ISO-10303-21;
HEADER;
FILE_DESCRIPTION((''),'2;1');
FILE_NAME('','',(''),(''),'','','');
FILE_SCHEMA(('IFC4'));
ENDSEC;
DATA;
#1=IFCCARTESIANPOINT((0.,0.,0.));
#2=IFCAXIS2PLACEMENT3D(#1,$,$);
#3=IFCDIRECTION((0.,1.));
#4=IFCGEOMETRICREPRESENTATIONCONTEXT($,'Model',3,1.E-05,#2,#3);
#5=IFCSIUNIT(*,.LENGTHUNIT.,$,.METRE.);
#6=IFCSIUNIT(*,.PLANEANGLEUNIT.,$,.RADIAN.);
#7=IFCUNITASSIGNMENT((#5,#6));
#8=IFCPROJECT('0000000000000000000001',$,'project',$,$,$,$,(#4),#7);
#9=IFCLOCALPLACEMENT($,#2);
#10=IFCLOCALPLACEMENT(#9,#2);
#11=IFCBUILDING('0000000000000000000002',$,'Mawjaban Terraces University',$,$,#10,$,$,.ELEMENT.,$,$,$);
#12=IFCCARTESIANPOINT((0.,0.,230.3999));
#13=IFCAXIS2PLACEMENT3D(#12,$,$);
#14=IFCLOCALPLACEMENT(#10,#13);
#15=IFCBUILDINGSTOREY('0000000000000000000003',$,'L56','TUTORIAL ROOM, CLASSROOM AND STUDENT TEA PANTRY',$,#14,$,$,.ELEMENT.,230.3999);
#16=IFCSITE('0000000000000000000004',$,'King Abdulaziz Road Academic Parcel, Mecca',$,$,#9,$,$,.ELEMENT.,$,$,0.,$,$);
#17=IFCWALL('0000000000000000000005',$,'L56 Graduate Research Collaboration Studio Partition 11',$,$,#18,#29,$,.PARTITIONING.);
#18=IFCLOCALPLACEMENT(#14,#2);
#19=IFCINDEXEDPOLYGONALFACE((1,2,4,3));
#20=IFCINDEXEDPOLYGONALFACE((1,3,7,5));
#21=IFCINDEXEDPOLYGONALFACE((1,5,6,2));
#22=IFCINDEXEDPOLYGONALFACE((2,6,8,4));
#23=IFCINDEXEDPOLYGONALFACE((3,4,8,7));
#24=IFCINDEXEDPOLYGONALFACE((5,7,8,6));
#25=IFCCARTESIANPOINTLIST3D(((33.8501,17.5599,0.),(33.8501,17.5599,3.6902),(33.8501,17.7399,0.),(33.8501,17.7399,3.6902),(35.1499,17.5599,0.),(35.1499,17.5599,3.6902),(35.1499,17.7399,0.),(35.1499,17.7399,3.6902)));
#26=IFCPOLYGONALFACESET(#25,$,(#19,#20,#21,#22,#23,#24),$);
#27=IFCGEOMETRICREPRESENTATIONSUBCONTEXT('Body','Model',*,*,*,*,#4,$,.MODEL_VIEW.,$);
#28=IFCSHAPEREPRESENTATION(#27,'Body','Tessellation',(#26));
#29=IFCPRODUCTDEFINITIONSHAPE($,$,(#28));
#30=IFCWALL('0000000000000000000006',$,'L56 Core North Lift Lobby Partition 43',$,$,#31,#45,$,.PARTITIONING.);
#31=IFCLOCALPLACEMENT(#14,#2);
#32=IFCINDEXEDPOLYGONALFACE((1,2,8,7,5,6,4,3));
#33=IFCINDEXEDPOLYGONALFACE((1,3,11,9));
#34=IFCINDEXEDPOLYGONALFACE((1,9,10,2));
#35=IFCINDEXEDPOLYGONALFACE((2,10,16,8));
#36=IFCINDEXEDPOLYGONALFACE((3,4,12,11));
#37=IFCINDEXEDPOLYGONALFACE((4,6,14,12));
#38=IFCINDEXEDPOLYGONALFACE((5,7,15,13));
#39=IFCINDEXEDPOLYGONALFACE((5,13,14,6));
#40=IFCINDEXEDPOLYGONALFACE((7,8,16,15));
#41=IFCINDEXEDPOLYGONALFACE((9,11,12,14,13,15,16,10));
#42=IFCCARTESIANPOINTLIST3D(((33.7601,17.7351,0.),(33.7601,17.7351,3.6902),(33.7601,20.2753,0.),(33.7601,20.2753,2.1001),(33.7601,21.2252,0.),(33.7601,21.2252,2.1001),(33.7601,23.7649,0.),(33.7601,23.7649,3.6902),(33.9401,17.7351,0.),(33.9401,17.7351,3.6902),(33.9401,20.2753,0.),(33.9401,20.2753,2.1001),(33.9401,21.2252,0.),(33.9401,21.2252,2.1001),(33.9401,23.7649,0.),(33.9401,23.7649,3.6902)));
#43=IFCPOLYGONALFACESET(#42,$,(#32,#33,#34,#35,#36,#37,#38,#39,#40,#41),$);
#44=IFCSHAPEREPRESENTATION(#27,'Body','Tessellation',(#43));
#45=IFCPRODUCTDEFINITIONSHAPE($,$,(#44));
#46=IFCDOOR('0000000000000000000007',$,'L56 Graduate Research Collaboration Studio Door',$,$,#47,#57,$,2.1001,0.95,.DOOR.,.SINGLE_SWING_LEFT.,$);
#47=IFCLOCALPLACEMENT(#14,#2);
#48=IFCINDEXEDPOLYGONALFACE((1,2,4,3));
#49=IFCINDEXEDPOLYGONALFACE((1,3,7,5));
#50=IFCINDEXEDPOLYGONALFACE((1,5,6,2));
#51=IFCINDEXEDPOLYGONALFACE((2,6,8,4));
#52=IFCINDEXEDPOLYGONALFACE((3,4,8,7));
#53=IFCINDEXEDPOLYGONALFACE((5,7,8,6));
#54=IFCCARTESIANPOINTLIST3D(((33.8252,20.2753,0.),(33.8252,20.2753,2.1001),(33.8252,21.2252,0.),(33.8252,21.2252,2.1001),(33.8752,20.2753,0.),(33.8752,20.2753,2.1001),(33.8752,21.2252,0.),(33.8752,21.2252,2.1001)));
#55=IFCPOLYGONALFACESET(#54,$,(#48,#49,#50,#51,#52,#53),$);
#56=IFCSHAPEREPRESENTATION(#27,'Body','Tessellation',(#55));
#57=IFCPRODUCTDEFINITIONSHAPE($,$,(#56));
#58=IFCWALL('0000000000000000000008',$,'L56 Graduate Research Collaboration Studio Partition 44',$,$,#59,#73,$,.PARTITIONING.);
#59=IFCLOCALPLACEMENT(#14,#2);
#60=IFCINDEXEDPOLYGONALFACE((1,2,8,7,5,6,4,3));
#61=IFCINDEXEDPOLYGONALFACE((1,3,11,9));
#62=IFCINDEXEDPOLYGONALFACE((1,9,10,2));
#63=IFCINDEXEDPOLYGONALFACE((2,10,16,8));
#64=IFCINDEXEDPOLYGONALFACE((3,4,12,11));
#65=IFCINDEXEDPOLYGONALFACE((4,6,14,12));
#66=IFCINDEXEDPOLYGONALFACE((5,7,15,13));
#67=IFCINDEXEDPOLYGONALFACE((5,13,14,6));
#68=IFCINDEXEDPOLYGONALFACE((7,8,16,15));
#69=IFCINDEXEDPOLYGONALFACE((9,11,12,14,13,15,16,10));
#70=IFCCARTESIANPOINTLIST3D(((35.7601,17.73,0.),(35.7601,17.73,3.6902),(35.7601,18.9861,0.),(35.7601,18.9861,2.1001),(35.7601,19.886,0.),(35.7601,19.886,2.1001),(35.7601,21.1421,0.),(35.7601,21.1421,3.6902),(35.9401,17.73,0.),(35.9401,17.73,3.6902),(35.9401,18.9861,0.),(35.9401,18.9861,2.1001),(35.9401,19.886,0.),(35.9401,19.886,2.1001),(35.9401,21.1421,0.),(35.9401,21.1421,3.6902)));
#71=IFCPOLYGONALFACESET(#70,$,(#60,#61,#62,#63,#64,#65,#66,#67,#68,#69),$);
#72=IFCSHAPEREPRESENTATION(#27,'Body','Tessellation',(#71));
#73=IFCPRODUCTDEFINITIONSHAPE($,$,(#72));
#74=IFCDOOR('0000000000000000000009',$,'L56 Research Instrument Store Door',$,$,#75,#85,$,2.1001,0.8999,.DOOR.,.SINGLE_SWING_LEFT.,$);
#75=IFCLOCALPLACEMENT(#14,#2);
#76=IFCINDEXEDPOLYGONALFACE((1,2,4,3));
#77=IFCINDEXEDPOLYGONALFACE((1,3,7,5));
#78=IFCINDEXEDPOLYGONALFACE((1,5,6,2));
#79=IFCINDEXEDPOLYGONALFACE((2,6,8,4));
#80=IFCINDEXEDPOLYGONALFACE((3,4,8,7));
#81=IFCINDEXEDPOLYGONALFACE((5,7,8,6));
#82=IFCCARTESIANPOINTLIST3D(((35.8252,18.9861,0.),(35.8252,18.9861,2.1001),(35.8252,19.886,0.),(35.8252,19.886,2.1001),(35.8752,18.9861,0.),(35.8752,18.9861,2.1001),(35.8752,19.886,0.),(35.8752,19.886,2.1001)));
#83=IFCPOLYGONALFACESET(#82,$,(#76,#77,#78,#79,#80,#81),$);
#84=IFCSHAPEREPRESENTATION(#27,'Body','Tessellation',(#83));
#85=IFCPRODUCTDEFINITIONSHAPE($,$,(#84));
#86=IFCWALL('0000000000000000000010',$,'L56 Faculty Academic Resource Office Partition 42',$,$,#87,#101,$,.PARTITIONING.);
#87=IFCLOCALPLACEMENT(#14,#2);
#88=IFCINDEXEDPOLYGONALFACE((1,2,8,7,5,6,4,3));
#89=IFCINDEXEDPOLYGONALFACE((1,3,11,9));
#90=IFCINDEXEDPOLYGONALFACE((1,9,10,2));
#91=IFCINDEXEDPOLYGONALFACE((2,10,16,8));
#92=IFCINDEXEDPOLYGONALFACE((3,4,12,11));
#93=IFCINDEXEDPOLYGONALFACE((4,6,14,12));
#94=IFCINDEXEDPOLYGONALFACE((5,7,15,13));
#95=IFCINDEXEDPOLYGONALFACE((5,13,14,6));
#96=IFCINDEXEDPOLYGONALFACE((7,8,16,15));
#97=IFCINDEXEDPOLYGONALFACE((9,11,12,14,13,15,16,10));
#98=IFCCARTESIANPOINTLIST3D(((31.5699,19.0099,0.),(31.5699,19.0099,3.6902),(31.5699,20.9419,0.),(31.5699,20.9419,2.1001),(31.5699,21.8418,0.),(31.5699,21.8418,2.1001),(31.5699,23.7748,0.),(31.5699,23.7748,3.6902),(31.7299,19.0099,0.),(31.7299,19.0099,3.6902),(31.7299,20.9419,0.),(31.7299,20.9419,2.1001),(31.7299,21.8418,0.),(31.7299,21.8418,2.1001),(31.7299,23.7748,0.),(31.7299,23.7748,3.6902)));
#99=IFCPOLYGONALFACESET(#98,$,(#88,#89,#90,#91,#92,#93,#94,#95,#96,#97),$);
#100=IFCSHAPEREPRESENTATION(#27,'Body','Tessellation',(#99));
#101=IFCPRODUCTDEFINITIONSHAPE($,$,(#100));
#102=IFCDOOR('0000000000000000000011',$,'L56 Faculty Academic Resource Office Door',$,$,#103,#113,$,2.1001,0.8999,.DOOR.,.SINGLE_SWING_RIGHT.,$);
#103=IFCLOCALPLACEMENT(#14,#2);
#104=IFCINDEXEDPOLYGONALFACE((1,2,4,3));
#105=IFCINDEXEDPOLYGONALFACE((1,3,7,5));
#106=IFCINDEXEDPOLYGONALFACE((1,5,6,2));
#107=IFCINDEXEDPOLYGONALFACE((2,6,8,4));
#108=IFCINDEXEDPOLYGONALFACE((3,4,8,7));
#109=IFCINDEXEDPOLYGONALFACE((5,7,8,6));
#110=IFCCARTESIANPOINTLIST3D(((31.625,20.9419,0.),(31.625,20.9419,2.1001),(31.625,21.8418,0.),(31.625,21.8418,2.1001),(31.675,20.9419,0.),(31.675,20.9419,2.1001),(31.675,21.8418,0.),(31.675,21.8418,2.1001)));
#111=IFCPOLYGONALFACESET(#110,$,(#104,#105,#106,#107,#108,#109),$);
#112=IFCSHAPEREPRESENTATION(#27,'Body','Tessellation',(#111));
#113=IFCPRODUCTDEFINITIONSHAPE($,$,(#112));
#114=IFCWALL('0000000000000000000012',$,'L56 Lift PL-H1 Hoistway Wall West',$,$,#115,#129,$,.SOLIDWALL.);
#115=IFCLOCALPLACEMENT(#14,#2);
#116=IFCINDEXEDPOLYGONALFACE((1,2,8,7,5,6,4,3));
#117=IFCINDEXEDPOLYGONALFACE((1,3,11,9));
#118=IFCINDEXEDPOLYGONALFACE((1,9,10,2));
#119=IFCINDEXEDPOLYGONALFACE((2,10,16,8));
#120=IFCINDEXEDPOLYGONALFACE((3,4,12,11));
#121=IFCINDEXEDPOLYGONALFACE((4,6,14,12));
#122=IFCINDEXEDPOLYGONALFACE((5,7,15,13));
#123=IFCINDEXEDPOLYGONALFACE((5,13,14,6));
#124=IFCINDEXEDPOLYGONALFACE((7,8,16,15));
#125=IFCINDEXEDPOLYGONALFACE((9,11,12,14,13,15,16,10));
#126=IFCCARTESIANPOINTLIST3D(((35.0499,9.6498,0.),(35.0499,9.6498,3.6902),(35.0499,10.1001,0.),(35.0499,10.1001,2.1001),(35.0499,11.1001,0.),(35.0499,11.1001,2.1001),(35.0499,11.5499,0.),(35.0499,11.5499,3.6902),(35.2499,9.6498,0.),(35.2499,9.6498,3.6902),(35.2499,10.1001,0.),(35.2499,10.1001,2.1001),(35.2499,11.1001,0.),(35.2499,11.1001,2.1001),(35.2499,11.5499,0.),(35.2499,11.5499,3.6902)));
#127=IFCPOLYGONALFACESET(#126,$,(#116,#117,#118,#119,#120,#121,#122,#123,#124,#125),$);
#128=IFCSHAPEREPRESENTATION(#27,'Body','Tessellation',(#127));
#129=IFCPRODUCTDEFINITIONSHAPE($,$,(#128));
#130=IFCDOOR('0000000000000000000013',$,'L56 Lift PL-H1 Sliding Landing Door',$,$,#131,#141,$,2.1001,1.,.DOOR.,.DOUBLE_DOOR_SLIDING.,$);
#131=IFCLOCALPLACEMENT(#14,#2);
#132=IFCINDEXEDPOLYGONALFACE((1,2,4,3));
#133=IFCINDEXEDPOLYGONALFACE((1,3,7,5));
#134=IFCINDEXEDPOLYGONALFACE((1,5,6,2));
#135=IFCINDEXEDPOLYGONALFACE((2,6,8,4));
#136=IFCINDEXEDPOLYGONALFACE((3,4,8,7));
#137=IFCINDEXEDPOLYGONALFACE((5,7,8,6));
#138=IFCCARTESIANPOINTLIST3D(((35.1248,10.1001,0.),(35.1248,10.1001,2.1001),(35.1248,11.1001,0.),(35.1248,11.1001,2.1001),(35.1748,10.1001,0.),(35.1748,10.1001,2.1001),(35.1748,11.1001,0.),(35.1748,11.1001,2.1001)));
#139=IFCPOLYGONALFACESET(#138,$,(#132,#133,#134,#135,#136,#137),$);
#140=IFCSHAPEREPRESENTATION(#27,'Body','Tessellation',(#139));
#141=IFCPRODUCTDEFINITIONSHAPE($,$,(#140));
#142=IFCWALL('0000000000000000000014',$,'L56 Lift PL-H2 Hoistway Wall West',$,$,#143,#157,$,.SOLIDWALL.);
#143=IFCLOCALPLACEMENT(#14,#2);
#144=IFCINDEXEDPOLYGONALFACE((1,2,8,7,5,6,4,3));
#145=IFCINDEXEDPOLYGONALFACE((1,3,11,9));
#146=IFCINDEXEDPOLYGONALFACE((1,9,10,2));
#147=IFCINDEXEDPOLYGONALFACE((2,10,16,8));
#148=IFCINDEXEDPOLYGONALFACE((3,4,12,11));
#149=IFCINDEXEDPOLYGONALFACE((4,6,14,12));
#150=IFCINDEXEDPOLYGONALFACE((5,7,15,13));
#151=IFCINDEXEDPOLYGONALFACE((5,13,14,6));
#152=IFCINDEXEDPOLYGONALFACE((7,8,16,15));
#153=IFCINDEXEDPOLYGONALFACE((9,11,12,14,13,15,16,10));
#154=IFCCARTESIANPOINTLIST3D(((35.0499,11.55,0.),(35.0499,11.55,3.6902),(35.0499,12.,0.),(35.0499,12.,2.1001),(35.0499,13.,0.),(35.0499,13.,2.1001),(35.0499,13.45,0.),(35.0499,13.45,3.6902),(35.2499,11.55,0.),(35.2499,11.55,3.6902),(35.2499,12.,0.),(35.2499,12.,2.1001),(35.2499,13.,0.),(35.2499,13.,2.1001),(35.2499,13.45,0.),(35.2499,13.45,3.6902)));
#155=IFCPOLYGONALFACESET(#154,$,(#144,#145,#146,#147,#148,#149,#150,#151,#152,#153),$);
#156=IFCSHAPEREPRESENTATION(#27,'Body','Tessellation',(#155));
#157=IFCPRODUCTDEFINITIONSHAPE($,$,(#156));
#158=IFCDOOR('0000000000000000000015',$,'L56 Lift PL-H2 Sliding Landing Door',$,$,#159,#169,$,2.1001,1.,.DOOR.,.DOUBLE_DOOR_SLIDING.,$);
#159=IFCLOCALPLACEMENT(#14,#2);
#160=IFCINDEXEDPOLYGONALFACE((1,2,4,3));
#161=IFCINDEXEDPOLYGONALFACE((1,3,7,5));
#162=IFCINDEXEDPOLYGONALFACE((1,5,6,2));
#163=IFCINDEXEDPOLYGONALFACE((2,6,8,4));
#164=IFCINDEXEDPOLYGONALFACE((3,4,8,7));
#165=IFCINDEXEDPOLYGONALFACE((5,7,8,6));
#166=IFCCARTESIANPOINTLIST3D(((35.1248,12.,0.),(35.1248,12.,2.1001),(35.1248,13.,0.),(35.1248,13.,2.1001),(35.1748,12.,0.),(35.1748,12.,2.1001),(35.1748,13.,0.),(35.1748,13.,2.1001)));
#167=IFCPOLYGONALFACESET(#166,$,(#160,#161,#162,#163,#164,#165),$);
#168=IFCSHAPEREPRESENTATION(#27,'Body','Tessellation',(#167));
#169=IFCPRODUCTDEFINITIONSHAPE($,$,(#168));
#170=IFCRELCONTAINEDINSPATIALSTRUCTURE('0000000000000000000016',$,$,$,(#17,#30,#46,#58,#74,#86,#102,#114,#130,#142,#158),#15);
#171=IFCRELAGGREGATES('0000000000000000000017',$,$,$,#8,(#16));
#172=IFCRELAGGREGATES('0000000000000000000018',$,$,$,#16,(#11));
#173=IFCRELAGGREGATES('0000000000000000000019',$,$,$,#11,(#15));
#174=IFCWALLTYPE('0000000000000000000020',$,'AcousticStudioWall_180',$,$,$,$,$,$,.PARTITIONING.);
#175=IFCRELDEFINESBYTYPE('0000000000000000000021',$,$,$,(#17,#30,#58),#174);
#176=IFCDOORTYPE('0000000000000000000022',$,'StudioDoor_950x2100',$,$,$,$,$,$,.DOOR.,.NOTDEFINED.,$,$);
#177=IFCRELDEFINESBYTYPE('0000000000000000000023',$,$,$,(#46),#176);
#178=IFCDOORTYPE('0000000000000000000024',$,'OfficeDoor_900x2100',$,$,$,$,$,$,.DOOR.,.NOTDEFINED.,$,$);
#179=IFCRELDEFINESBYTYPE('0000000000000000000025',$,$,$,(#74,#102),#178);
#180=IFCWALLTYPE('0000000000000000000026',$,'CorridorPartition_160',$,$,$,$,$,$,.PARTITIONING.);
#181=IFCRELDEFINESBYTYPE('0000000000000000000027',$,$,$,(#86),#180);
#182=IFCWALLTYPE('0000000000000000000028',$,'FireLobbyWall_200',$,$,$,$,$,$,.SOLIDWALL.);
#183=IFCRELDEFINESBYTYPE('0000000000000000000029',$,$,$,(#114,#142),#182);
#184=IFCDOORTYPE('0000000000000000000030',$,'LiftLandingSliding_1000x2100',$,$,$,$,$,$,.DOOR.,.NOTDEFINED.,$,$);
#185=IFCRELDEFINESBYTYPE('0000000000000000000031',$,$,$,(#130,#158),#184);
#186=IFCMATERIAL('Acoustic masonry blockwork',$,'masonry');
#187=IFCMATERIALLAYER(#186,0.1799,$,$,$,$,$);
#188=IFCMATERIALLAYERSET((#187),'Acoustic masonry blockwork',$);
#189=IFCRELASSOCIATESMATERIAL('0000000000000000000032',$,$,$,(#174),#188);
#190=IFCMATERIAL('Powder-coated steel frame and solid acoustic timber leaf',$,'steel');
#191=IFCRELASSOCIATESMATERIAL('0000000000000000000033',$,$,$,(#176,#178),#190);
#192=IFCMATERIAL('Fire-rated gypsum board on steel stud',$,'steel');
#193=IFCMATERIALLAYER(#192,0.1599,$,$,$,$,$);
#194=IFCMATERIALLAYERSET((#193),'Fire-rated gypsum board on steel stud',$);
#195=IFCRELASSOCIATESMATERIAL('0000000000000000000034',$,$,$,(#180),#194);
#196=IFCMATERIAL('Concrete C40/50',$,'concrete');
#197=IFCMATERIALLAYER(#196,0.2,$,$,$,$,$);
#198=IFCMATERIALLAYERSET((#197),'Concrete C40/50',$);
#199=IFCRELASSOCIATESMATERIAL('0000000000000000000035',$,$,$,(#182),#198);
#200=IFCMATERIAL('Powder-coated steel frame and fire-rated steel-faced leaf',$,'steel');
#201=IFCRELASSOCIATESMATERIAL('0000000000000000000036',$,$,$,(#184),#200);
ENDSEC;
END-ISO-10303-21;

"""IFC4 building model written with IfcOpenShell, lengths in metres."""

from ifc_helpers import new_model, si_unit, direction, frame, frame_2d, origin, place, context, subcontext, project, spatial, rectangle, extrude, material, layer, layer_set, type_object, element, fill, save


model = new_model("IFC4")

# Units and contexts
model_context = context("Model", 3, precision=1e-05, world=origin(), true_north=direction((0.0, 1.0)))
body_context = subcontext(model_context, "Body", "Model", "MODEL_VIEW")
ifc_project = project(units=[si_unit("LENGTHUNIT", "METRE"), si_unit("PLANEANGLEUNIT", "RADIAN")], contexts=[model_context])

# Site, building, storey
site_placement = place(None, origin())
site = spatial("IfcSite", under=ifc_project, at=site_placement, Name="King Abdulaziz Road Academic Parcel, Mecca", CompositionType="ELEMENT", RefElevation=0.0)
building_placement = place(site_placement, origin())
building = spatial("IfcBuilding", under=site, at=building_placement, Name="Mawjaban Terraces University", CompositionType="ELEMENT")
storey_placement = place(building_placement, frame((0.0, 0.0, 230.3999)))
storey = spatial("IfcBuildingStorey", under=building, at=storey_placement, Name="L56", Description="TUTORIAL ROOM, CLASSROOM AND STUDENT TEA PANTRY", CompositionType="ELEMENT", Elevation=230.3999)

# Wall
ifc_material_1 = material(Name="Acoustic masonry blockwork", Category="masonry")
ifc_layer_1 = layer(ifc_material_1, 0.1799)
ifc_layer_set_1 = layer_set([ifc_layer_1], Name="Acoustic masonry blockwork")
wall_type_1 = type_object("IfcWallType", Name="AcousticStudioWall_180", PredefinedType="PARTITIONING", material=ifc_layer_set_1)
wall_1_placement = place(storey_placement, frame((33.8501, 17.6499, 0.0), z_axis=(0.0, 0.0, 1.0), x_axis=(1.0, 0.0, 0.0)))
element("IfcWall", 1, at=wall_1_placement, inside=storey, type_object=wall_type_1, Name="L56 Graduate Research Collaboration Studio Partition 11", PredefinedType="PARTITIONING", context=body_context, shape_type="SweptSolid", body=[
    extrude(rectangle(XDim=1.2998, YDim=0.1799, at=frame_2d((0.6499, 0.0))), origin(), (0.0, 0.0, 1.0), 3.6902),
])

# Walls, openings, doors
wall_2_placement = place(storey_placement, frame((33.8501, 17.7351, 0.0), z_axis=(0.0, 0.0, 1.0), x_axis=(0.0, 1.0, 0.0)))
wall_2 = element("IfcWall", 2, at=wall_2_placement, inside=storey, type_object=wall_type_1, Name="L56 Core North Lift Lobby Partition 43", PredefinedType="PARTITIONING", context=body_context, shape_type="SweptSolid", body=[
    extrude(rectangle(XDim=6.0298, YDim=0.1799, at=frame_2d((3.0149, 0.0))), origin(), (0.0, 0.0, 1.0), 3.6902),
])
opening_1_placement = place(wall_2_placement, frame((2.54, 0.0, 0.0)))
opening_1 = element("IfcOpeningElement", 3, at=opening_1_placement, cuts=wall_2, PredefinedType="OPENING", context=body_context, shape_type="SweptSolid", body=[
    extrude(rectangle(XDim=0.95, YDim=2.1001, at=frame_2d((0.4751, 1.05))), frame((0.0, 0.0999, 0.0), z_axis=(0.0, -1.0, 0.0), x_axis=(1.0, 0.0, 0.0)), (0.0, 0.0, 1.0), 0.2),
])
ifc_material_2 = material(Name="Powder-coated steel frame and solid acoustic timber leaf", Category="steel")
door_type_1 = type_object("IfcDoorType", Name="StudioDoor_950x2100", OperationType="NOTDEFINED", PredefinedType="DOOR", material=ifc_material_2)
door_1_placement = place(opening_1_placement, origin())
door_1 = element("IfcDoor", 4, at=door_1_placement, inside=storey, type_object=door_type_1, Name="L56 Graduate Research Collaboration Studio Door", OperationType="SINGLE_SWING_LEFT", OverallHeight=2.1001, OverallWidth=0.95, PredefinedType="DOOR", context=body_context, shape_type="SweptSolid", body=[
    extrude(rectangle(XDim=0.95, YDim=2.1001, at=frame_2d((0.4751, 1.05))), frame((0.0, 0.0249, 0.0), z_axis=(0.0, -1.0, 0.0), x_axis=(1.0, 0.0, 0.0)), (0.0, 0.0, 1.0), 0.05),
])
fill(opening_1, door_1)
wall_3_placement = place(storey_placement, frame((35.8501, 17.73, 0.0), z_axis=(0.0, 0.0, 1.0), x_axis=(0.0, 1.0, 0.0)))
wall_3 = element("IfcWall", 5, at=wall_3_placement, inside=storey, type_object=wall_type_1, Name="L56 Graduate Research Collaboration Studio Partition 44", PredefinedType="PARTITIONING", context=body_context, shape_type="SweptSolid", body=[
    extrude(rectangle(XDim=3.4121, YDim=0.1799, at=frame_2d((1.7061, 0.0))), origin(), (0.0, 0.0, 1.0), 3.6902),
])
opening_2_placement = place(wall_3_placement, frame((1.2561, 0.0, 0.0)))
opening_2 = element("IfcOpeningElement", 6, at=opening_2_placement, cuts=wall_3, PredefinedType="OPENING", context=body_context, shape_type="SweptSolid", body=[
    extrude(rectangle(XDim=0.8999, YDim=2.1001, at=frame_2d((0.45, 1.05))), frame((0.0, 0.0999, 0.0), z_axis=(0.0, -1.0, 0.0), x_axis=(1.0, 0.0, 0.0)), (0.0, 0.0, 1.0), 0.2),
])
door_type_2 = type_object("IfcDoorType", Name="OfficeDoor_900x2100", OperationType="NOTDEFINED", PredefinedType="DOOR", material=ifc_material_2)
door_2_placement = place(opening_2_placement, origin())
door_2 = element("IfcDoor", 7, at=door_2_placement, inside=storey, type_object=door_type_2, Name="L56 Research Instrument Store Door", OperationType="SINGLE_SWING_LEFT", OverallHeight=2.1001, OverallWidth=0.8999, PredefinedType="DOOR", context=body_context, shape_type="SweptSolid", body=[
    extrude(rectangle(XDim=0.8999, YDim=2.1001, at=frame_2d((0.45, 1.05))), frame((0.0, 0.0249, 0.0), z_axis=(0.0, -1.0, 0.0), x_axis=(1.0, 0.0, 0.0)), (0.0, 0.0, 1.0), 0.05),
])
fill(opening_2, door_2)
ifc_material_3 = material(Name="Fire-rated gypsum board on steel stud", Category="steel")
ifc_layer_2 = layer(ifc_material_3, 0.1599)
ifc_layer_set_2 = layer_set([ifc_layer_2], Name="Fire-rated gypsum board on steel stud")
wall_type_2 = type_object("IfcWallType", Name="CorridorPartition_160", PredefinedType="PARTITIONING", material=ifc_layer_set_2)
wall_4_placement = place(storey_placement, frame((31.6499, 19.01, 0.0), z_axis=(0.0, 0.0, 1.0), x_axis=(0.0, 1.0, 0.0)))
wall_4 = element("IfcWall", 8, at=wall_4_placement, inside=storey, type_object=wall_type_2, Name="L56 Faculty Academic Resource Office Partition 42", PredefinedType="PARTITIONING", context=body_context, shape_type="SweptSolid", body=[
    extrude(rectangle(XDim=4.7649, YDim=0.1599, at=frame_2d((2.3823, 0.0))), origin(), (0.0, 0.0, 1.0), 3.6902),
])
opening_3_placement = place(wall_4_placement, frame((1.9319, 0.0, 0.0)))
opening_3 = element("IfcOpeningElement", 9, at=opening_3_placement, cuts=wall_4, PredefinedType="OPENING", context=body_context, shape_type="SweptSolid", body=[
    extrude(rectangle(XDim=0.8999, YDim=2.1001, at=frame_2d((0.45, 1.05))), frame((0.0, 0.0898, 0.0), z_axis=(0.0, -1.0, 0.0), x_axis=(1.0, 0.0, 0.0)), (0.0, 0.0, 1.0), 0.1799),
])
door_3_placement = place(opening_3_placement, origin())
door_3 = element("IfcDoor", 10, at=door_3_placement, inside=storey, type_object=door_type_2, Name="L56 Faculty Academic Resource Office Door", OperationType="SINGLE_SWING_RIGHT", OverallHeight=2.1001, OverallWidth=0.8999, PredefinedType="DOOR", context=body_context, shape_type="SweptSolid", body=[
    extrude(rectangle(XDim=0.8999, YDim=2.1001, at=frame_2d((0.45, 1.05))), frame((0.0, 0.0249, 0.0), z_axis=(0.0, -1.0, 0.0), x_axis=(1.0, 0.0, 0.0)), (0.0, 0.0, 1.0), 0.05),
])
fill(opening_3, door_3)
ifc_material_4 = material(Name="Concrete C40/50", Category="concrete")
ifc_layer_3 = layer(ifc_material_4, 0.2)
ifc_layer_set_3 = layer_set([ifc_layer_3], Name="Concrete C40/50")
wall_type_3 = type_object("IfcWallType", Name="FireLobbyWall_200", PredefinedType="SOLIDWALL", material=ifc_layer_set_3)
wall_5_placement = place(storey_placement, frame((35.1499, 11.55, 0.0), z_axis=(0.0, 0.0, 1.0), x_axis=(0.0, -1.0, 0.0)))
wall_5 = element("IfcWall", 11, at=wall_5_placement, inside=storey, type_object=wall_type_3, Name="L56 Lift PL-H1 Hoistway Wall West", PredefinedType="SOLIDWALL", context=body_context, shape_type="SweptSolid", body=[
    extrude(rectangle(XDim=1.9001, YDim=0.2, at=frame_2d((0.9502, 0.0))), origin(), (0.0, 0.0, 1.0), 3.6902),
])
opening_4_placement = place(wall_5_placement, frame((0.45, 0.0, 0.0)))
opening_4 = element("IfcOpeningElement", 12, at=opening_4_placement, cuts=wall_5, PredefinedType="OPENING", context=body_context, shape_type="SweptSolid", body=[
    extrude(rectangle(XDim=1.0, YDim=2.1001, at=frame_2d((0.5, 1.05))), frame((0.0, 0.1099, 0.0), z_axis=(0.0, -1.0, 0.0), x_axis=(1.0, 0.0, 0.0)), (0.0, 0.0, 1.0), 0.22),
])
ifc_material_5 = material(Name="Powder-coated steel frame and fire-rated steel-faced leaf", Category="steel")
door_type_3 = type_object("IfcDoorType", Name="LiftLandingSliding_1000x2100", OperationType="NOTDEFINED", PredefinedType="DOOR", material=ifc_material_5)
door_4_placement = place(opening_4_placement, origin())
door_4 = element("IfcDoor", 13, at=door_4_placement, inside=storey, type_object=door_type_3, Name="L56 Lift PL-H1 Sliding Landing Door", OperationType="DOUBLE_DOOR_SLIDING", OverallHeight=2.1001, OverallWidth=1.0, PredefinedType="DOOR", context=body_context, shape_type="SweptSolid", body=[
    extrude(rectangle(XDim=1.0, YDim=2.1001, at=frame_2d((0.5, 1.05))), frame((0.0, 0.0249, 0.0), z_axis=(0.0, -1.0, 0.0), x_axis=(1.0, 0.0, 0.0)), (0.0, 0.0, 1.0), 0.05),
])
fill(opening_4, door_4)
wall_6_placement = place(storey_placement, frame((35.1499, 13.45, 0.0), z_axis=(0.0, 0.0, 1.0), x_axis=(0.0, -1.0, 0.0)))
wall_6 = element("IfcWall", 14, at=wall_6_placement, inside=storey, type_object=wall_type_3, Name="L56 Lift PL-H2 Hoistway Wall West", PredefinedType="SOLIDWALL", context=body_context, shape_type="SweptSolid", body=[
    extrude(rectangle(XDim=1.8999, YDim=0.2, at=frame_2d((0.95, 0.0))), origin(), (0.0, 0.0, 1.0), 3.6902),
])
opening_5_placement = place(wall_6_placement, frame((0.45, 0.0, 0.0)))
opening_5 = element("IfcOpeningElement", 15, at=opening_5_placement, cuts=wall_6, PredefinedType="OPENING", context=body_context, shape_type="SweptSolid", body=[
    extrude(rectangle(XDim=1.0, YDim=2.1001, at=frame_2d((0.5, 1.05))), frame((0.0, 0.1099, 0.0), z_axis=(0.0, -1.0, 0.0), x_axis=(1.0, 0.0, 0.0)), (0.0, 0.0, 1.0), 0.22),
])
door_5_placement = place(opening_5_placement, origin())
door_5 = element("IfcDoor", 16, at=door_5_placement, inside=storey, type_object=door_type_3, Name="L56 Lift PL-H2 Sliding Landing Door", OperationType="DOUBLE_DOOR_SLIDING", OverallHeight=2.1001, OverallWidth=1.0, PredefinedType="DOOR", context=body_context, shape_type="SweptSolid", body=[
    extrude(rectangle(XDim=1.0, YDim=2.1001, at=frame_2d((0.5, 1.05))), frame((0.0, 0.0249, 0.0), z_axis=(0.0, -1.0, 0.0), x_axis=(1.0, 0.0, 0.0)), (0.0, 0.0, 1.0), 0.05),
])
fill(opening_5, door_5)

save(model, "model.ifc")
